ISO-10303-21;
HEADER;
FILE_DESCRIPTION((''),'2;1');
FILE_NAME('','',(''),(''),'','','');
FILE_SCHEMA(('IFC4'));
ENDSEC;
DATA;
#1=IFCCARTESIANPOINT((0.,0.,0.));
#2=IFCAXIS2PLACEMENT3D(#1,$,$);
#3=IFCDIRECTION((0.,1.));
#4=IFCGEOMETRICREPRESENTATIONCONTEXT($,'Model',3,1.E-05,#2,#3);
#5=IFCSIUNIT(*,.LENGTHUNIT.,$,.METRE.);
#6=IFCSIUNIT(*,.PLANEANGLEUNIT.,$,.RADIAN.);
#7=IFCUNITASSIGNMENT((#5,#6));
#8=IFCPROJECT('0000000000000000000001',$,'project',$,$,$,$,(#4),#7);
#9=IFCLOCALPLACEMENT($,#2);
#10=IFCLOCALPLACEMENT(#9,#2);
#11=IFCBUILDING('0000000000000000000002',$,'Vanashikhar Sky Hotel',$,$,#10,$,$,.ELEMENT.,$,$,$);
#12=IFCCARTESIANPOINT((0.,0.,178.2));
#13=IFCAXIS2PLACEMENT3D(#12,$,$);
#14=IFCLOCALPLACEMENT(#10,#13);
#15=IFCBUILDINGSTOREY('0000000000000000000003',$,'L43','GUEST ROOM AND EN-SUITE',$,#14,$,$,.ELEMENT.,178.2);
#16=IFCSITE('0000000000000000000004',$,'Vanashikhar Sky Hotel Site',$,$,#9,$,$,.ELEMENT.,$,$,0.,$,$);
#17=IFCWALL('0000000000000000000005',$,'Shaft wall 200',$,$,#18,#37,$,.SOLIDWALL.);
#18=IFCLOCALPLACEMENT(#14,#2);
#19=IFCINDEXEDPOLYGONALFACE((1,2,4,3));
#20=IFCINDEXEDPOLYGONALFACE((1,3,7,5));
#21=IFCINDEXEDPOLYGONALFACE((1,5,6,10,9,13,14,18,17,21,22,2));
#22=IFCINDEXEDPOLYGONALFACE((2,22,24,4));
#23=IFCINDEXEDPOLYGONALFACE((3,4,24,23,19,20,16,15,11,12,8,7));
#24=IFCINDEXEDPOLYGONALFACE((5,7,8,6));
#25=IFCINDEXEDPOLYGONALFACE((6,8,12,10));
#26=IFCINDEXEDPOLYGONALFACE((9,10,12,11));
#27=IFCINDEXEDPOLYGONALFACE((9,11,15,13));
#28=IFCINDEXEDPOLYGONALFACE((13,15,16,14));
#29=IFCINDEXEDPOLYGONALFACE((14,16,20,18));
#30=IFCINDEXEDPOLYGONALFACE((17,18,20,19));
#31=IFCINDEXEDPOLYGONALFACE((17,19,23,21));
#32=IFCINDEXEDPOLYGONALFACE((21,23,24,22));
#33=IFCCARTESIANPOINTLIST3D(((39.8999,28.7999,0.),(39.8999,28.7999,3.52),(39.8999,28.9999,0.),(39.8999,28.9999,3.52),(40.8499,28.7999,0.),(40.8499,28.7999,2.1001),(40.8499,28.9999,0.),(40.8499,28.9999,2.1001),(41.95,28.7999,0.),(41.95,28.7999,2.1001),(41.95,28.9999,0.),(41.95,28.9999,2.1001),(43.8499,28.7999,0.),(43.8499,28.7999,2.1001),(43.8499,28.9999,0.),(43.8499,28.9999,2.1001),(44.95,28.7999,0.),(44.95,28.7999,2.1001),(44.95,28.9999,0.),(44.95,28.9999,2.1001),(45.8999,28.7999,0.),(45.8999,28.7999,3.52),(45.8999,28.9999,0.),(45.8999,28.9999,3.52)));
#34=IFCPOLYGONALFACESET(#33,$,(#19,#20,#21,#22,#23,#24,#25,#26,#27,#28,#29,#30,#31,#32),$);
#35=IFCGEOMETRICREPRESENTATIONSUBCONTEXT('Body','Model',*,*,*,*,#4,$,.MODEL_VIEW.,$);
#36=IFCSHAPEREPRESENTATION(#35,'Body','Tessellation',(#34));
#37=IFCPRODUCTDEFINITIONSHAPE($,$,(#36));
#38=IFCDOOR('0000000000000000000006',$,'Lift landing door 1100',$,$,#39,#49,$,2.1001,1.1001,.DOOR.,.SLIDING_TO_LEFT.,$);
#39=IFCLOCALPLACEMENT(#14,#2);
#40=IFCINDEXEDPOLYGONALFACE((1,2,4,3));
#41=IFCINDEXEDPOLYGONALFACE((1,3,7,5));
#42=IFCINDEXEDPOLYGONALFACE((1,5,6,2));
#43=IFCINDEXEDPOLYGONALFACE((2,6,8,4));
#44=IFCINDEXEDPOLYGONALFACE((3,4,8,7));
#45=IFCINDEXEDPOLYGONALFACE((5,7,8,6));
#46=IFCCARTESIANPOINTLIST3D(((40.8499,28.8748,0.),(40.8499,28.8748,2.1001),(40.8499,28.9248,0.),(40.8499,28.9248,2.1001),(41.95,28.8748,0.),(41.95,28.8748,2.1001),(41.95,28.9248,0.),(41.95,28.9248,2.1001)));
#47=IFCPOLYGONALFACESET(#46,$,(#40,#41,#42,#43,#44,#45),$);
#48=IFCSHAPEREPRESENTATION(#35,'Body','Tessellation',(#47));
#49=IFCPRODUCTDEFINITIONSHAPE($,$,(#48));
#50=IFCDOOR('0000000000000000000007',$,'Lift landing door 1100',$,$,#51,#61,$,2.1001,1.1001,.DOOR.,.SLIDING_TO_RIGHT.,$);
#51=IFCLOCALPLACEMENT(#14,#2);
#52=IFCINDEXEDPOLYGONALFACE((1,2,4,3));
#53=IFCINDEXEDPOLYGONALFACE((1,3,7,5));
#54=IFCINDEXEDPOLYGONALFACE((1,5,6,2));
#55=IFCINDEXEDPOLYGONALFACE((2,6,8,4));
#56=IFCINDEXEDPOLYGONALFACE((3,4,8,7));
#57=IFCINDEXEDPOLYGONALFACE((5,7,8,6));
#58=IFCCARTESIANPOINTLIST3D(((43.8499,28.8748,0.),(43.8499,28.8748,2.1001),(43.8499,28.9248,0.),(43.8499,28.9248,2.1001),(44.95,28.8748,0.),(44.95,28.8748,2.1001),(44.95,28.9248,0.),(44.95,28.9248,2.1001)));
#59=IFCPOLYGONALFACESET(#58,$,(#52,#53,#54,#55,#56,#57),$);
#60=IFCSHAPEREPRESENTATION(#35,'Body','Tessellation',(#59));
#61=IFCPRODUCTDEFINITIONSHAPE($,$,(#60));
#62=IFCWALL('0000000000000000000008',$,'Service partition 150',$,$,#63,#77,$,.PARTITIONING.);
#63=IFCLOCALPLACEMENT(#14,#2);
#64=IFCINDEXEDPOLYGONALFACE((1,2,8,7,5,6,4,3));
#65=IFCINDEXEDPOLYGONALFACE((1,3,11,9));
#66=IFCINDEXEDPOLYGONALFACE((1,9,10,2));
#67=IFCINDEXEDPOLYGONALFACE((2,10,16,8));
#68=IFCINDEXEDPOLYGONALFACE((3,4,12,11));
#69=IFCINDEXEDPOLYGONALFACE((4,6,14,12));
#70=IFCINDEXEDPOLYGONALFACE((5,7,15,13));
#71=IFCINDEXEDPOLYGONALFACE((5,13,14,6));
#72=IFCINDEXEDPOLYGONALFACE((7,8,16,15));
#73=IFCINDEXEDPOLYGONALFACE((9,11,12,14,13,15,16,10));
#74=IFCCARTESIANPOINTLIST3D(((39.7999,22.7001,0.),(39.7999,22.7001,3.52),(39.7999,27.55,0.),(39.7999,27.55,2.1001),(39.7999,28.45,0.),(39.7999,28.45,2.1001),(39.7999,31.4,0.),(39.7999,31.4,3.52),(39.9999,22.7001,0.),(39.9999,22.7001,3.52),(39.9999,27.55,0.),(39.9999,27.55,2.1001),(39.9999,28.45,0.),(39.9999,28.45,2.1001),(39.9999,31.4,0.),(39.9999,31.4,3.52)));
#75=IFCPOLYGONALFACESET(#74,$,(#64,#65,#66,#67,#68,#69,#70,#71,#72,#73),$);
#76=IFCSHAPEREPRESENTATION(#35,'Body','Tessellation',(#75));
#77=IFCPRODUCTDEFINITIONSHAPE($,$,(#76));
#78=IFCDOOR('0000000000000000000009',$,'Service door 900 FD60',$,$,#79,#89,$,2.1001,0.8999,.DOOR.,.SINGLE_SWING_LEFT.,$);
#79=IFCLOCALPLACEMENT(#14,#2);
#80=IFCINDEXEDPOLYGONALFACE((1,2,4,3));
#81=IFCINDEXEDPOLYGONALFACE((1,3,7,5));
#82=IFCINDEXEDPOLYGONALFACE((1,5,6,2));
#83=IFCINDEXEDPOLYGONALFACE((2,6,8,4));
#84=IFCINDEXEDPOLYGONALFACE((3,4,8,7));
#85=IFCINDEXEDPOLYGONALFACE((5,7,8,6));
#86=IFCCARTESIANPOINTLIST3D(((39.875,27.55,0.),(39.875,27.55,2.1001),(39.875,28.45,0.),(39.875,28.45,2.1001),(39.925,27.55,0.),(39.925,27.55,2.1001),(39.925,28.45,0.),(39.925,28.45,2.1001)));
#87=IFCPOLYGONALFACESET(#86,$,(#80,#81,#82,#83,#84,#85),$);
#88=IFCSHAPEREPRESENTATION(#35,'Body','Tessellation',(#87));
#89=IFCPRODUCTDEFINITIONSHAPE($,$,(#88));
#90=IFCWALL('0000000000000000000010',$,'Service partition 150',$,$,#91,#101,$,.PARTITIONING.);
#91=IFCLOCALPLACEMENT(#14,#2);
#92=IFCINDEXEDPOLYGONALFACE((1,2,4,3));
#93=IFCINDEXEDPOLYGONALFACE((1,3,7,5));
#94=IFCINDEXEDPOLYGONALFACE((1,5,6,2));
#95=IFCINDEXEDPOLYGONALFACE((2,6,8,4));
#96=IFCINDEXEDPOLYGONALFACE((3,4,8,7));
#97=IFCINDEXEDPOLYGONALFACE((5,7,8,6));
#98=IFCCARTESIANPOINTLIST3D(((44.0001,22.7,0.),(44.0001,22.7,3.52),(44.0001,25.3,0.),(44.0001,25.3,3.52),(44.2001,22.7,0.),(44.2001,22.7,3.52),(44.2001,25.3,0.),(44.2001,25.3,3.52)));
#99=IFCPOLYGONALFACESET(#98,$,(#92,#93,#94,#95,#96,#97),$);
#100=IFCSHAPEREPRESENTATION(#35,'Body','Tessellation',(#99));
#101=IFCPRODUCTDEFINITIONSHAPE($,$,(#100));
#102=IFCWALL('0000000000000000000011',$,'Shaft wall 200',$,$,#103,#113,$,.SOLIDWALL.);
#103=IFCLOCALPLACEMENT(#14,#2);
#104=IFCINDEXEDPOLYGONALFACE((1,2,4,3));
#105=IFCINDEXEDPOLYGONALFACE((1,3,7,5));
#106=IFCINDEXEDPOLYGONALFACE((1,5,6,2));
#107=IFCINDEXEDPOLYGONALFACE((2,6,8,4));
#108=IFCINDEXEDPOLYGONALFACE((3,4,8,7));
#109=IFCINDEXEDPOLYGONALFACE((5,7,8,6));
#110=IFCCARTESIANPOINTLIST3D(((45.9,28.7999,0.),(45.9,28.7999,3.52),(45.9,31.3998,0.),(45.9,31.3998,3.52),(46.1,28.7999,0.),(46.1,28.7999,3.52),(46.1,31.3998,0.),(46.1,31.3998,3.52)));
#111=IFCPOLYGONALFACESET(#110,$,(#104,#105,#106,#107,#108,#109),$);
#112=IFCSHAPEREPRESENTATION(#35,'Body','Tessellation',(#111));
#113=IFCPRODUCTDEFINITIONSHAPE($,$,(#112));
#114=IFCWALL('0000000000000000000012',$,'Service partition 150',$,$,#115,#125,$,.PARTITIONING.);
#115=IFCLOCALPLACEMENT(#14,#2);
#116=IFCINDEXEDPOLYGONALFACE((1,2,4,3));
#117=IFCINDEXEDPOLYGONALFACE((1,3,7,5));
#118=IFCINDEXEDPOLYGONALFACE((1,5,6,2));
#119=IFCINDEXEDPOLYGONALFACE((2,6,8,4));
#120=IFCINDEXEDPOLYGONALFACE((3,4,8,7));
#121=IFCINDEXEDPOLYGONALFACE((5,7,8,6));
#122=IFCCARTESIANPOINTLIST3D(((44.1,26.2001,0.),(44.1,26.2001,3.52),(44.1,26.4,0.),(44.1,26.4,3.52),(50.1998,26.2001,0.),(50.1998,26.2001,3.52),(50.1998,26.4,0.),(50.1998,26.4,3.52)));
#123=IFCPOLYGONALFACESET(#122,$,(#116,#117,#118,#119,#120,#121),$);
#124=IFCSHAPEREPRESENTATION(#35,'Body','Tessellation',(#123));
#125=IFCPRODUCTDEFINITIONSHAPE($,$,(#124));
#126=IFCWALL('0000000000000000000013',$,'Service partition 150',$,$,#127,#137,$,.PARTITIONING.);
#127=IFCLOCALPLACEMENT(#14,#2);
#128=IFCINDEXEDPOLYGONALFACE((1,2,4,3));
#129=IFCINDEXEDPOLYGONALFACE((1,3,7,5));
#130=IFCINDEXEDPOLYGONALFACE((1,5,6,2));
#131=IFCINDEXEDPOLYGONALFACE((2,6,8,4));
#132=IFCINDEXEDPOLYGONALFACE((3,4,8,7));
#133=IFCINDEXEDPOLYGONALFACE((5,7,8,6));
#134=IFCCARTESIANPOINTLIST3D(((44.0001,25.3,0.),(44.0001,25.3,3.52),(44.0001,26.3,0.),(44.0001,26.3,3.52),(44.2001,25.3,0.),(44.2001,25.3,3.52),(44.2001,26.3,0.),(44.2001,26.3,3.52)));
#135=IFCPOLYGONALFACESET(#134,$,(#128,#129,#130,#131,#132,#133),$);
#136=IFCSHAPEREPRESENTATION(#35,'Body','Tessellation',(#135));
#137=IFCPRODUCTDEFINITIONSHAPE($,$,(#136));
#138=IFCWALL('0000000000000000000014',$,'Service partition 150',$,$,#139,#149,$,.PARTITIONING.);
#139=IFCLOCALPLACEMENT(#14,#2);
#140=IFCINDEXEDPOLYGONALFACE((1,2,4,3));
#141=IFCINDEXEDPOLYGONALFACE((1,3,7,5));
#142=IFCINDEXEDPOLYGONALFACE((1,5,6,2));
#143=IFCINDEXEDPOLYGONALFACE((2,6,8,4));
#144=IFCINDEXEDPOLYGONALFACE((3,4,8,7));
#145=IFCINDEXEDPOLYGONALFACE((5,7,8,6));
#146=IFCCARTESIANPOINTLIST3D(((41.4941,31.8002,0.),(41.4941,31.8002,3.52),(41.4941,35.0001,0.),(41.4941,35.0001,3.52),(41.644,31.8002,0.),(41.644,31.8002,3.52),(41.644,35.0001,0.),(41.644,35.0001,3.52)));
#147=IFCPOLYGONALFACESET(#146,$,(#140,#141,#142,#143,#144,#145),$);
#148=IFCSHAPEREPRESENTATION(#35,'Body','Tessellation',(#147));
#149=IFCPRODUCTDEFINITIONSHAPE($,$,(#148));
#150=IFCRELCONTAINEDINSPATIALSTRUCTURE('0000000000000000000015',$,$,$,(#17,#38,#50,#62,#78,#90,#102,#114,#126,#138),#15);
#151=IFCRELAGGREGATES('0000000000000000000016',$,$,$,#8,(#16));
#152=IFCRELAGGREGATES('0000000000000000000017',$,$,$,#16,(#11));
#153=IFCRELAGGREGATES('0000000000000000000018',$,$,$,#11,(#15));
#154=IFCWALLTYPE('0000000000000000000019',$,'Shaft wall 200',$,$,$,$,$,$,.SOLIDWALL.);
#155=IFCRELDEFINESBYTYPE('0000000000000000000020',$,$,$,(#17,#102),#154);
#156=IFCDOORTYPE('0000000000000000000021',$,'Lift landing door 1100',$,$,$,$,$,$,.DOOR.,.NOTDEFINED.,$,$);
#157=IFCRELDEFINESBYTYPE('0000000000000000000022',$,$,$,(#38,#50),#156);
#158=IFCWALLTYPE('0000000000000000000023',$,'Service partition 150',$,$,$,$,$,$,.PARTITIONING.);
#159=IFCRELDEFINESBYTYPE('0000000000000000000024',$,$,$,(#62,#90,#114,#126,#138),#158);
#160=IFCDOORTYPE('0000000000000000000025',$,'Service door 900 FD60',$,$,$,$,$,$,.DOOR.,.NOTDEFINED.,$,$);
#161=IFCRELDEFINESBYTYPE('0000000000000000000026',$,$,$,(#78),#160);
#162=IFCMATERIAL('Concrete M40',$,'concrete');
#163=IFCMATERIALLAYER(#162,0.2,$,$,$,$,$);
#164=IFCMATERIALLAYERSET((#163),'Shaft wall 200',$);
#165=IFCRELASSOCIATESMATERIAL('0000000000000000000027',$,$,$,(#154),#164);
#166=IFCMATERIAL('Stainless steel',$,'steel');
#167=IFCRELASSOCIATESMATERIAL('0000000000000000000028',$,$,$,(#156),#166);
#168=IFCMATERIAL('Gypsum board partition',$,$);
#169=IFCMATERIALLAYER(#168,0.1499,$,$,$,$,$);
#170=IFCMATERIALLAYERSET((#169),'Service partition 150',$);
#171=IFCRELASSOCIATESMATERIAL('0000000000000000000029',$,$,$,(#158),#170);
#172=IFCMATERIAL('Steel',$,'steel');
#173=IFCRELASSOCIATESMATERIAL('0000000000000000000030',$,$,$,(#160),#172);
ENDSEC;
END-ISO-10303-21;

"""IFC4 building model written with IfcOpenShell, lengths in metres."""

from ifc_helpers import new_model, si_unit, direction, frame, frame_2d, origin, place, context, subcontext, project, spatial, rectangle, extrude, source, transform, mapped, material, layer, layer_set, type_object, element, fill, save


model = new_model("IFC4")

# Units and contexts
model_context = context("Model", 3, precision=1e-05, world=origin(), true_north=direction((0.0, 1.0)))
body_context = subcontext(model_context, "Body", "Model", "MODEL_VIEW")
ifc_project = project(units=[si_unit("LENGTHUNIT", "METRE"), si_unit("PLANEANGLEUNIT", "RADIAN")], contexts=[model_context])

# Site, building, storey
site_placement = place(None, origin())
site = spatial("IfcSite", under=ifc_project, at=site_placement, Name="Vanashikhar Sky Hotel Site", CompositionType="ELEMENT", RefElevation=0.0)
building_placement = place(site_placement, origin())
building = spatial("IfcBuilding", under=site, at=building_placement, Name="Vanashikhar Sky Hotel", CompositionType="ELEMENT")
storey_placement = place(building_placement, frame((0.0, 0.0, 178.2)))
storey = spatial("IfcBuildingStorey", under=building, at=storey_placement, Name="L43", Description="GUEST ROOM AND EN-SUITE", CompositionType="ELEMENT", Elevation=178.2)

# Wall, openings, doors
ifc_material_1 = material(Name="Concrete M40", Category="concrete")
ifc_layer_1 = layer(ifc_material_1, 0.2)
ifc_layer_set_1 = layer_set([ifc_layer_1], Name="Shaft wall 200")
wall_type_1 = type_object("IfcWallType", Name="Shaft wall 200", PredefinedType="SOLIDWALL", material=ifc_layer_set_1)
shared_shape_1 = source(origin(), body_context, "Body", "SweptSolid", [
    extrude(rectangle(XDim=6.0, YDim=0.2, at=frame_2d((3.0, 0.0))), origin(), (0.0, 0.0, 1.0), 3.52),
])
wall_1_placement = place(storey_placement, frame((39.8999, 28.8999, 0.0), z_axis=(0.0, 0.0, 1.0), x_axis=(1.0, 0.0, 0.0)))
wall_1 = element("IfcWall", 1, at=wall_1_placement, inside=storey, type_object=wall_type_1, Name="Shaft wall 200", PredefinedType="SOLIDWALL", context=body_context, shape_type="MappedRepresentation", body=[
    mapped(shared_shape_1, transform((0.0, 0.0, 0.0), scale=1.0)),
])
shared_shape_2 = source(origin(), body_context, "Body", "SweptSolid", [
    extrude(rectangle(XDim=1.1001, YDim=2.1001, at=frame_2d((0.55, 1.05))), frame((0.0, 0.1099, 0.0), z_axis=(0.0, -1.0, 0.0), x_axis=(1.0, 0.0, 0.0)), (0.0, 0.0, 1.0), 0.22),
])
opening_1_placement = place(wall_1_placement, frame((0.95, 0.0, 0.0)))
opening_1 = element("IfcOpeningElement", 2, at=opening_1_placement, cuts=wall_1, PredefinedType="OPENING", context=body_context, shape_type="MappedRepresentation", body=[
    mapped(shared_shape_2, transform((0.0, 0.0, 0.0), scale=1.0)),
])
opening_2_placement = place(wall_1_placement, frame((3.95, 0.0, 0.0)))
opening_2 = element("IfcOpeningElement", 3, at=opening_2_placement, cuts=wall_1, PredefinedType="OPENING", context=body_context, shape_type="MappedRepresentation", body=[
    mapped(shared_shape_2, transform((0.0, 0.0, 0.0), scale=1.0)),
])
ifc_material_2 = material(Name="Stainless steel", Category="steel")
door_type_1 = type_object("IfcDoorType", Name="Lift landing door 1100", OperationType="NOTDEFINED", PredefinedType="DOOR", material=ifc_material_2)
shared_shape_3 = source(origin(), body_context, "Body", "SweptSolid", [
    extrude(rectangle(XDim=1.1001, YDim=2.1001, at=frame_2d((0.55, 1.05))), frame((0.0, 0.0249, 0.0), z_axis=(0.0, -1.0, 0.0), x_axis=(1.0, 0.0, 0.0)), (0.0, 0.0, 1.0), 0.05),
])
door_1_placement = place(opening_1_placement, origin())
door_1 = element("IfcDoor", 4, at=door_1_placement, inside=storey, type_object=door_type_1, Name="Lift landing door 1100", OperationType="SLIDING_TO_LEFT", OverallHeight=2.1001, OverallWidth=1.1001, PredefinedType="DOOR", context=body_context, shape_type="MappedRepresentation", body=[
    mapped(shared_shape_3, transform((0.0, 0.0, 0.0), scale=1.0)),
])
fill(opening_1, door_1)
door_2_placement = place(opening_2_placement, origin())
door_2 = element("IfcDoor", 5, at=door_2_placement, inside=storey, type_object=door_type_1, Name="Lift landing door 1100", OperationType="SLIDING_TO_RIGHT", OverallHeight=2.1001, OverallWidth=1.1001, PredefinedType="DOOR", context=body_context, shape_type="MappedRepresentation", body=[
    mapped(shared_shape_3, transform((0.0, 0.0, 0.0), scale=1.0)),
])
fill(opening_2, door_2)

# Wall, opening, door
ifc_material_3 = material(Name="Gypsum board partition")
ifc_layer_2 = layer(ifc_material_3, 0.1499)
ifc_layer_set_2 = layer_set([ifc_layer_2], Name="Service partition 150")
wall_type_2 = type_object("IfcWallType", Name="Service partition 150", PredefinedType="PARTITIONING", material=ifc_layer_set_2)
shared_shape_4 = source(origin(), body_context, "Body", "SweptSolid", [
    extrude(rectangle(XDim=8.7, YDim=0.2, at=frame_2d((4.3501, 0.0))), origin(), (0.0, 0.0, 1.0), 3.52),
])
wall_2_placement = place(storey_placement, frame((39.8999, 22.7, 0.0), z_axis=(0.0, 0.0, 1.0), x_axis=(0.0, 1.0, 0.0)))
wall_2 = element("IfcWall", 6, at=wall_2_placement, inside=storey, type_object=wall_type_2, Name="Service partition 150", PredefinedType="PARTITIONING", context=body_context, shape_type="MappedRepresentation", body=[
    mapped(shared_shape_4, transform((0.0, 0.0, 0.0), scale=1.0)),
])
shared_shape_5 = source(origin(), body_context, "Body", "SweptSolid", [
    extrude(rectangle(XDim=0.8999, YDim=2.1001, at=frame_2d((0.45, 1.05))), frame((0.0, 0.1099, 0.0), z_axis=(0.0, -1.0, 0.0), x_axis=(1.0, 0.0, 0.0)), (0.0, 0.0, 1.0), 0.22),
])
opening_3_placement = place(wall_2_placement, frame((4.8501, 0.0, 0.0)))
opening_3 = element("IfcOpeningElement", 7, at=opening_3_placement, cuts=wall_2, PredefinedType="OPENING", context=body_context, shape_type="MappedRepresentation", body=[
    mapped(shared_shape_5, transform((0.0, 0.0, 0.0), scale=1.0)),
])
ifc_material_4 = material(Name="Steel", Category="steel")
door_type_2 = type_object("IfcDoorType", Name="Service door 900 FD60", OperationType="NOTDEFINED", PredefinedType="DOOR", material=ifc_material_4)
shared_shape_6 = source(origin(), body_context, "Body", "SweptSolid", [
    extrude(rectangle(XDim=0.8999, YDim=2.1001, at=frame_2d((0.45, 1.05))), frame((0.0, 0.0249, 0.0), z_axis=(0.0, -1.0, 0.0), x_axis=(1.0, 0.0, 0.0)), (0.0, 0.0, 1.0), 0.05),
])
door_3_placement = place(opening_3_placement, origin())
door_3 = element("IfcDoor", 8, at=door_3_placement, inside=storey, type_object=door_type_2, Name="Service door 900 FD60", OperationType="SINGLE_SWING_LEFT", OverallHeight=2.1001, OverallWidth=0.8999, PredefinedType="DOOR", context=body_context, shape_type="MappedRepresentation", body=[
    mapped(shared_shape_6, transform((0.0, 0.0, 0.0), scale=1.0)),
])
fill(opening_3, door_3)

# Walls
shared_shape_7 = source(origin(), body_context, "Body", "SweptSolid", [
    extrude(rectangle(XDim=2.6001, YDim=0.2, at=frame_2d((1.3, 0.0))), origin(), (0.0, 0.0, 1.0), 3.52),
])
wall_3_placement = place(storey_placement, frame((44.1001, 22.7, 0.0), z_axis=(0.0, 0.0, 1.0), x_axis=(0.0, 1.0, 0.0)))
element("IfcWall", 9, at=wall_3_placement, inside=storey, type_object=wall_type_2, Name="Service partition 150", PredefinedType="PARTITIONING", context=body_context, shape_type="MappedRepresentation", body=[
    mapped(shared_shape_7, transform((0.0, 0.0, 0.0), scale=1.0)),
])
shared_shape_8 = source(origin(), body_context, "Body", "SweptSolid", [
    extrude(rectangle(XDim=2.5999, YDim=0.2, at=frame_2d((1.2998, 0.0))), origin(), (0.0, 0.0, 1.0), 3.52),
])
wall_4_placement = place(storey_placement, frame((46.0, 28.8, 0.0), z_axis=(0.0, 0.0, 1.0), x_axis=(0.0, 1.0, 0.0)))
element("IfcWall", 10, at=wall_4_placement, inside=storey, type_object=wall_type_1, Name="Shaft wall 200", PredefinedType="SOLIDWALL", context=body_context, shape_type="MappedRepresentation", body=[
    mapped(shared_shape_8, transform((0.0, 0.0, 0.0), scale=1.0)),
])
shared_shape_9 = source(origin(), body_context, "Body", "SweptSolid", [
    extrude(rectangle(XDim=6.0999, YDim=0.2, at=frame_2d((3.0498, 0.0))), origin(), (0.0, 0.0, 1.0), 3.52),
])
wall_5_placement = place(storey_placement, frame((44.1001, 26.3, 0.0), z_axis=(0.0, 0.0, 1.0), x_axis=(1.0, 0.0, 0.0)))
element("IfcWall", 11, at=wall_5_placement, inside=storey, type_object=wall_type_2, Name="Service partition 150", PredefinedType="PARTITIONING", context=body_context, shape_type="MappedRepresentation", body=[
    mapped(shared_shape_9, transform((0.0, 0.0, 0.0), scale=1.0)),
])
shared_shape_10 = source(origin(), body_context, "Body", "SweptSolid", [
    extrude(rectangle(XDim=1.0, YDim=0.2, at=frame_2d((0.5, 0.0))), origin(), (0.0, 0.0, 1.0), 3.52),
])
wall_6_placement = place(storey_placement, frame((44.1001, 25.3, 0.0), z_axis=(0.0, 0.0, 1.0), x_axis=(0.0, 1.0, 0.0)))
element("IfcWall", 12, at=wall_6_placement, inside=storey, type_object=wall_type_2, Name="Service partition 150", PredefinedType="PARTITIONING", context=body_context, shape_type="MappedRepresentation", body=[
    mapped(shared_shape_10, transform((0.0, 0.0, 0.0), scale=1.0)),
])
shared_shape_11 = source(origin(), body_context, "Body", "SweptSolid", [
    extrude(rectangle(XDim=3.2, YDim=0.1499, at=frame_2d((1.6001, 0.0))), origin(), (0.0, 0.0, 1.0), 3.52),
])
wall_7_placement = place(storey_placement, frame((41.5691, 31.8, 0.0), z_axis=(0.0, 0.0, 1.0), x_axis=(0.0, 1.0, 0.0)))
element("IfcWall", 13, at=wall_7_placement, inside=storey, type_object=wall_type_2, Name="Service partition 150", PredefinedType="PARTITIONING", context=body_context, shape_type="MappedRepresentation", body=[
    mapped(shared_shape_11, transform((0.0, 0.0, 0.0), scale=1.0)),
])

save(model, "model.ifc")
